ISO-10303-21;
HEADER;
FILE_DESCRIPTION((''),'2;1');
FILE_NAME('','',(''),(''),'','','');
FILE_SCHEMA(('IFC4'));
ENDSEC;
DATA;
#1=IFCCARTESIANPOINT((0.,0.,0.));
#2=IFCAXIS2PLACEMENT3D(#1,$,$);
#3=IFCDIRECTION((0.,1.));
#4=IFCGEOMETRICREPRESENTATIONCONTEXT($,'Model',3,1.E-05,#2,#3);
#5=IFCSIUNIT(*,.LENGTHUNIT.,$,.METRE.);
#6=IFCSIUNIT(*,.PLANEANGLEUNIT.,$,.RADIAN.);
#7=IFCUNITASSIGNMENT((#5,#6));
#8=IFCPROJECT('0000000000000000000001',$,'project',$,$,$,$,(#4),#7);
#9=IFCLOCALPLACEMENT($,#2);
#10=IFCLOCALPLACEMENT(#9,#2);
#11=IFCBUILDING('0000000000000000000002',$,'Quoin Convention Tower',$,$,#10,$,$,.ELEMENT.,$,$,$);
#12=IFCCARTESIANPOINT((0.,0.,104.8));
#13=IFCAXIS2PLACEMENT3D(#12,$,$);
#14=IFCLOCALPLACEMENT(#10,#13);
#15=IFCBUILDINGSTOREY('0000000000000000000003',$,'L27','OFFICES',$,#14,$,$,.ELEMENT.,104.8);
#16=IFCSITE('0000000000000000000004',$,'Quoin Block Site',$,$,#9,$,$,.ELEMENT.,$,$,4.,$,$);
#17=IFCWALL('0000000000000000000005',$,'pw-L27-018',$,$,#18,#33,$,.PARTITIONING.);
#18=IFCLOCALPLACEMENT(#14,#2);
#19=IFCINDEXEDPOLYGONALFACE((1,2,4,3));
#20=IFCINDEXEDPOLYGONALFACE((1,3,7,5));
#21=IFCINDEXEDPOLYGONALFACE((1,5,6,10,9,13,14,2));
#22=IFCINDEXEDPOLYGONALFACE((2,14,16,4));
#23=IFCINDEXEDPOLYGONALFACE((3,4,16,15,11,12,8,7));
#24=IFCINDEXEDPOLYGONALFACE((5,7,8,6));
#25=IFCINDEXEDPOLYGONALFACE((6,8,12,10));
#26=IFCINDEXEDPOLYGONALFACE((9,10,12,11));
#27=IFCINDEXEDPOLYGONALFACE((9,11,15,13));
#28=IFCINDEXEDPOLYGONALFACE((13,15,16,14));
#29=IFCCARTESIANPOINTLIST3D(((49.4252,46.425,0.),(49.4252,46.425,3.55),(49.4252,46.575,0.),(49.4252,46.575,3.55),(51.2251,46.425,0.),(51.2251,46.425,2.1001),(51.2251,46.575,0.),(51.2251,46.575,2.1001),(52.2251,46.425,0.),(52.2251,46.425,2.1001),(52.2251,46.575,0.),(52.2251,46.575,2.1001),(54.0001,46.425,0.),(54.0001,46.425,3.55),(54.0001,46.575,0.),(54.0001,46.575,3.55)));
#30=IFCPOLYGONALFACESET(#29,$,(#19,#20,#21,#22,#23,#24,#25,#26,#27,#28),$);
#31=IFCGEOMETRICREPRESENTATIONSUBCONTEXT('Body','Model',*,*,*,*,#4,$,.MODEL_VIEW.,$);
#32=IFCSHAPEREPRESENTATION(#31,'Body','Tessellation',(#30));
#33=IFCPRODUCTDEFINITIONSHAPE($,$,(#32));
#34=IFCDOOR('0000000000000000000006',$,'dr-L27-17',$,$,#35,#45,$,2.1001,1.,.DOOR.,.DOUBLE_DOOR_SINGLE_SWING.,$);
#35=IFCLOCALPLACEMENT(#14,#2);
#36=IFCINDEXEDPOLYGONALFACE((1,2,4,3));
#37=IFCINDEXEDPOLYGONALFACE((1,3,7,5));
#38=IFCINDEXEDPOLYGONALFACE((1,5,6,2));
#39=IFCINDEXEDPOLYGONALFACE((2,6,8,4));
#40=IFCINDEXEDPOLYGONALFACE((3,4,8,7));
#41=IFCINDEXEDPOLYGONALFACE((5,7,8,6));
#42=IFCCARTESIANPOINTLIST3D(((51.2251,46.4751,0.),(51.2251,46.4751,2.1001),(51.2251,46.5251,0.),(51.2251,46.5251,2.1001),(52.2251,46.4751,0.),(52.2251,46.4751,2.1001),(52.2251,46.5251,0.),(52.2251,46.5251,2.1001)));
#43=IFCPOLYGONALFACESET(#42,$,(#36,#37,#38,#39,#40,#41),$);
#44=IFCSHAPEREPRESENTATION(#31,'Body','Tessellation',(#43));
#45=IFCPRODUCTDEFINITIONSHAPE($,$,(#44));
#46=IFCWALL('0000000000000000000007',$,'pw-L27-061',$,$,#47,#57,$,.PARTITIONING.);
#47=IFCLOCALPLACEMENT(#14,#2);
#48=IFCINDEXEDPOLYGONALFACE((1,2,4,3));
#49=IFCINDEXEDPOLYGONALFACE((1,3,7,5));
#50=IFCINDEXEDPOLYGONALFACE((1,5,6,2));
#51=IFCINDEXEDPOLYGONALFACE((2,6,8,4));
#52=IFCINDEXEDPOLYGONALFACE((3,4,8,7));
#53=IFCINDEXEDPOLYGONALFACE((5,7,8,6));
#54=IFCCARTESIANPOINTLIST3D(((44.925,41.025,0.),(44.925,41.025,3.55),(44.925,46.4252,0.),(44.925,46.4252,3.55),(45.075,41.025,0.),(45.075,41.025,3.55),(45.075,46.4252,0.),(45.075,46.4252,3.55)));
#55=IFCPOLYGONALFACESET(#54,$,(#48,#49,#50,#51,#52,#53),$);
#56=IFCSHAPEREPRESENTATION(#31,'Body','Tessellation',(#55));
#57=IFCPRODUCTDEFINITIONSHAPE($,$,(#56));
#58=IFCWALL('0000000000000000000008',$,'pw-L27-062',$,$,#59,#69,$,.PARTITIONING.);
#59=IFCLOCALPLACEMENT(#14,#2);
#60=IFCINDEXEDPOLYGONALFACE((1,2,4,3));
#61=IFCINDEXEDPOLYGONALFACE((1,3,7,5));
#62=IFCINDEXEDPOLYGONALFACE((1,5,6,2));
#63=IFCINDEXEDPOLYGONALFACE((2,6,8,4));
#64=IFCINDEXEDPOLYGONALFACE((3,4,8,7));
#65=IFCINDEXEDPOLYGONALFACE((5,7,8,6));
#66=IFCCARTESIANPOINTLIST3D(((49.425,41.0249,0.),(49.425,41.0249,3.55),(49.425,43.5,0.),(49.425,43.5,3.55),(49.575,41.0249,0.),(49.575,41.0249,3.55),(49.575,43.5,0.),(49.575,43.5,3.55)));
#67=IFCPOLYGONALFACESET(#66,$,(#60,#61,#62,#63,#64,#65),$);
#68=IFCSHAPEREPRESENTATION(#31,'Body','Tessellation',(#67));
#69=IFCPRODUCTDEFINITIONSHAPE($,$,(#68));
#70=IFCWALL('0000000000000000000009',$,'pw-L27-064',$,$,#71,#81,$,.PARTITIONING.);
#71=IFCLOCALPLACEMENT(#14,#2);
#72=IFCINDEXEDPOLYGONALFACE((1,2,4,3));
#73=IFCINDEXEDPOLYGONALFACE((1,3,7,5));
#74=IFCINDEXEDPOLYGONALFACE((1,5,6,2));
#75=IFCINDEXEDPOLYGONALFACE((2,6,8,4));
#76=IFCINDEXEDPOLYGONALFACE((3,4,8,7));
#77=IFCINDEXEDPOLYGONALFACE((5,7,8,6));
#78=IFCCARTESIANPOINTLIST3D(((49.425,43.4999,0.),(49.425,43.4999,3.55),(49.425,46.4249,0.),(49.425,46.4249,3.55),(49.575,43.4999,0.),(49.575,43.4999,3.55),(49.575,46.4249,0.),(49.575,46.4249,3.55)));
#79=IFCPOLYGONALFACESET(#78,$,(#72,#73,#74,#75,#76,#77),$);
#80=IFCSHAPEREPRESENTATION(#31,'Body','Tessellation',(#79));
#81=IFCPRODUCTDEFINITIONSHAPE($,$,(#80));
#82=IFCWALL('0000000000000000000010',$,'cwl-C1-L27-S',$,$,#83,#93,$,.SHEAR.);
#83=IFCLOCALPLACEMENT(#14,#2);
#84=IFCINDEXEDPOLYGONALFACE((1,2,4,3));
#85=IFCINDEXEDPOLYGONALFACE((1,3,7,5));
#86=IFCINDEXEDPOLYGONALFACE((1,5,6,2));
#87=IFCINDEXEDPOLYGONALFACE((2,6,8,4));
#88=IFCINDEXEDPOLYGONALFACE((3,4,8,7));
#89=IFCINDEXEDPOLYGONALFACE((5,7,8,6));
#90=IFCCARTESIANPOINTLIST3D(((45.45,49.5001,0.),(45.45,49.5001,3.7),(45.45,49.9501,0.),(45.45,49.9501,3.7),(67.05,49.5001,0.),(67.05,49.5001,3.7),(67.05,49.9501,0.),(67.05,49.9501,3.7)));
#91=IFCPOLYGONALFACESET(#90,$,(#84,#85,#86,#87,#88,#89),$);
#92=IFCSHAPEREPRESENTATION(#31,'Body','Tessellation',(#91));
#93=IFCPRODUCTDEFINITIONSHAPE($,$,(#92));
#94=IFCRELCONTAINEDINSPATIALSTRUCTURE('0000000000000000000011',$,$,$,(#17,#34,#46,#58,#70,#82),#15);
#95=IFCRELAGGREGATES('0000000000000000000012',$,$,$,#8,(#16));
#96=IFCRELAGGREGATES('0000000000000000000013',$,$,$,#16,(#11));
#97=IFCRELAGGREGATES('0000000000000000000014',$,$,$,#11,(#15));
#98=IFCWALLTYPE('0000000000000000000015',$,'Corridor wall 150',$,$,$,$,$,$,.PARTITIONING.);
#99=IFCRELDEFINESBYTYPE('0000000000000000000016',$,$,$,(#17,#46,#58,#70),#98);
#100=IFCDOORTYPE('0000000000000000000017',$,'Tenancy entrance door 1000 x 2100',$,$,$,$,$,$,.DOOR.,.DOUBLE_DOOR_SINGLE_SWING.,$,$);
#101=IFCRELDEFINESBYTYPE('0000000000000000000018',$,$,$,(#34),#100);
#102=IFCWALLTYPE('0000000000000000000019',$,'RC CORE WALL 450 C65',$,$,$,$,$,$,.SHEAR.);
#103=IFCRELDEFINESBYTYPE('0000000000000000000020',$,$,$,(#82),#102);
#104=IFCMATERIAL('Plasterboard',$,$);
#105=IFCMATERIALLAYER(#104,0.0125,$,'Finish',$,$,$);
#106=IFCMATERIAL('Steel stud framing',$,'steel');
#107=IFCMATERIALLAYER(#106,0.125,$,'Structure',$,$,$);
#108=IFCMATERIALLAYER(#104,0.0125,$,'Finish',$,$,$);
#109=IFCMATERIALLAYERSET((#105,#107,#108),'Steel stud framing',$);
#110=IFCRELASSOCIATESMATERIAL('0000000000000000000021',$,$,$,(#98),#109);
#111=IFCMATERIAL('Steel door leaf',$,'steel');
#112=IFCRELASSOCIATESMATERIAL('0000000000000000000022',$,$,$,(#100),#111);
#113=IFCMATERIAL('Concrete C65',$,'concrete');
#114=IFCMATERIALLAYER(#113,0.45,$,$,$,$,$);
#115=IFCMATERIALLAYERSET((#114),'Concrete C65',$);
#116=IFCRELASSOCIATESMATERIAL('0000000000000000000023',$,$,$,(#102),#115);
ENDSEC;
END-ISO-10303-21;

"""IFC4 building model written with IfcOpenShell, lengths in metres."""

from ifc_helpers import new_model, si_unit, direction, frame, frame_2d, origin, place, context, subcontext, project, spatial, rectangle, extrude, material, layer, layer_set, type_object, element, fill, save


model = new_model("IFC4")

# Units and contexts
model_context = context("Model", 3, precision=1e-05, world=origin(), true_north=direction((0.0, 1.0)))
body_context = subcontext(model_context, "Body", "Model", "MODEL_VIEW")
ifc_project = project(units=[si_unit("LENGTHUNIT", "METRE"), si_unit("PLANEANGLEUNIT", "RADIAN")], contexts=[model_context])

# Site, building, storey
site_placement = place(None, origin())
site = spatial("IfcSite", under=ifc_project, at=site_placement, Name="Quoin Block Site", CompositionType="ELEMENT", RefElevation=4.0)
building_placement = place(site_placement, origin())
building = spatial("IfcBuilding", under=site, at=building_placement, Name="Quoin Convention Tower", CompositionType="ELEMENT")
storey_placement = place(building_placement, frame((0.0, 0.0, 104.8)))
storey = spatial("IfcBuildingStorey", under=building, at=storey_placement, Name="L27", Description="OFFICES", CompositionType="ELEMENT", Elevation=104.8)

# Shared definitions
ifc_material_1 = material(Name="Plasterboard")
ifc_material_2 = material(Name="Steel stud framing", Category="steel")
ifc_material_3 = material(Name="Steel door leaf", Category="steel")

# Wall, opening, door
ifc_layer_1 = layer(ifc_material_1, 0.0125, Name="Finish")
ifc_layer_2 = layer(ifc_material_2, 0.125, Name="Structure")
ifc_layer_3 = layer(ifc_material_1, 0.0125, Name="Finish")
ifc_layer_set_1 = layer_set([ifc_layer_1, ifc_layer_2, ifc_layer_3], Name="Steel stud framing")
wall_type_1 = type_object("IfcWallType", Name="Corridor wall 150", PredefinedType="PARTITIONING", material=ifc_layer_set_1)
wall_1_placement = place(storey_placement, frame((49.425, 46.5, 0.0), z_axis=(0.0, 0.0, 1.0), x_axis=(1.0, 0.0, 0.0)))
wall_1 = element("IfcWall", 1, at=wall_1_placement, inside=storey, type_object=wall_type_1, Name="pw-L27-018", PredefinedType="PARTITIONING", context=body_context, shape_type="SweptSolid", body=[
    extrude(rectangle(XDim=4.575, YDim=0.1499, at=frame_2d((2.2876, 0.0))), origin(), (0.0, 0.0, 1.0), 3.55),
])
opening_1_placement = place(wall_1_placement, frame((1.8, 0.0, 0.0)))
opening_1 = element("IfcOpeningElement", 2, at=opening_1_placement, cuts=wall_1, PredefinedType="OPENING", context=body_context, shape_type="SweptSolid", body=[
    extrude(rectangle(XDim=1.0, YDim=2.1001, at=frame_2d((0.5, 1.05))), frame((0.0, 0.085, 0.0), z_axis=(0.0, -1.0, 0.0), x_axis=(1.0, 0.0, 0.0)), (0.0, 0.0, 1.0), 0.1699),
])
door_type_1 = type_object("IfcDoorType", Name="Tenancy entrance door 1000 x 2100", OperationType="DOUBLE_DOOR_SINGLE_SWING", PredefinedType="DOOR", material=ifc_material_3)
door_1_placement = place(opening_1_placement, frame((1.0, 0.0, 0.0), z_axis=(0.0, 0.0, 1.0), x_axis=(-1.0, 0.0, 0.0)))
door_1 = element("IfcDoor", 3, at=door_1_placement, inside=storey, type_object=door_type_1, Name="dr-L27-17", OperationType="DOUBLE_DOOR_SINGLE_SWING", OverallHeight=2.1001, OverallWidth=1.0, PredefinedType="DOOR", context=body_context, shape_type="SweptSolid", body=[
    extrude(rectangle(XDim=1.0, YDim=2.1001, at=frame_2d((0.5, 1.05))), frame((0.0, 0.0249, 0.0), z_axis=(0.0, -1.0, 0.0), x_axis=(1.0, 0.0, 0.0)), (0.0, 0.0, 1.0), 0.05),
])
fill(opening_1, door_1)

# Walls
wall_2_placement = place(storey_placement, frame((45.0, 41.0249, 0.0), z_axis=(0.0, 0.0, 1.0), x_axis=(0.0, 1.0, 0.0)))
element("IfcWall", 4, at=wall_2_placement, inside=storey, type_object=wall_type_1, Name="pw-L27-061", PredefinedType="PARTITIONING", context=body_context, shape_type="SweptSolid", body=[
    extrude(rectangle(XDim=5.4001, YDim=0.1499, at=frame_2d((2.7002, 0.0))), origin(), (0.0, 0.0, 1.0), 3.55),
])
wall_3_placement = place(storey_placement, frame((49.5, 41.0249, 0.0), z_axis=(0.0, 0.0, 1.0), x_axis=(0.0, 1.0, 0.0)))
element("IfcWall", 5, at=wall_3_placement, inside=storey, type_object=wall_type_1, Name="pw-L27-062", PredefinedType="PARTITIONING", context=body_context, shape_type="SweptSolid", body=[
    extrude(rectangle(XDim=2.4751, YDim=0.1499, at=frame_2d((1.2375, 0.0))), origin(), (0.0, 0.0, 1.0), 3.55),
])
wall_4_placement = place(storey_placement, frame((49.5, 43.5, 0.0), z_axis=(0.0, 0.0, 1.0), x_axis=(0.0, 1.0, 0.0)))
element("IfcWall", 6, at=wall_4_placement, inside=storey, type_object=wall_type_1, Name="pw-L27-064", PredefinedType="PARTITIONING", context=body_context, shape_type="SweptSolid", body=[
    extrude(rectangle(XDim=2.925, YDim=0.1499, at=frame_2d((1.4624, 0.0))), origin(), (0.0, 0.0, 1.0), 3.55),
])
ifc_material_4 = material(Name="Concrete C65", Category="concrete")
ifc_layer_4 = layer(ifc_material_4, 0.45)
ifc_layer_set_2 = layer_set([ifc_layer_4], Name="Concrete C65")
wall_type_2 = type_object("IfcWallType", Name="RC CORE WALL 450 C65", PredefinedType="SHEAR", material=ifc_layer_set_2)
wall_5_placement = place(storey_placement, frame((45.45, 49.7251, 0.0), z_axis=(0.0, 0.0, 1.0), x_axis=(1.0, 0.0, 0.0)))
element("IfcWall", 7, at=wall_5_placement, inside=storey, type_object=wall_type_2, Name="cwl-C1-L27-S", PredefinedType="SHEAR", context=body_context, shape_type="SweptSolid", body=[
    extrude(rectangle(XDim=21.6001, YDim=0.45, at=frame_2d((10.8, 0.0))), origin(), (0.0, 0.0, 1.0), 3.7),
])

save(model, "model.ifc")
